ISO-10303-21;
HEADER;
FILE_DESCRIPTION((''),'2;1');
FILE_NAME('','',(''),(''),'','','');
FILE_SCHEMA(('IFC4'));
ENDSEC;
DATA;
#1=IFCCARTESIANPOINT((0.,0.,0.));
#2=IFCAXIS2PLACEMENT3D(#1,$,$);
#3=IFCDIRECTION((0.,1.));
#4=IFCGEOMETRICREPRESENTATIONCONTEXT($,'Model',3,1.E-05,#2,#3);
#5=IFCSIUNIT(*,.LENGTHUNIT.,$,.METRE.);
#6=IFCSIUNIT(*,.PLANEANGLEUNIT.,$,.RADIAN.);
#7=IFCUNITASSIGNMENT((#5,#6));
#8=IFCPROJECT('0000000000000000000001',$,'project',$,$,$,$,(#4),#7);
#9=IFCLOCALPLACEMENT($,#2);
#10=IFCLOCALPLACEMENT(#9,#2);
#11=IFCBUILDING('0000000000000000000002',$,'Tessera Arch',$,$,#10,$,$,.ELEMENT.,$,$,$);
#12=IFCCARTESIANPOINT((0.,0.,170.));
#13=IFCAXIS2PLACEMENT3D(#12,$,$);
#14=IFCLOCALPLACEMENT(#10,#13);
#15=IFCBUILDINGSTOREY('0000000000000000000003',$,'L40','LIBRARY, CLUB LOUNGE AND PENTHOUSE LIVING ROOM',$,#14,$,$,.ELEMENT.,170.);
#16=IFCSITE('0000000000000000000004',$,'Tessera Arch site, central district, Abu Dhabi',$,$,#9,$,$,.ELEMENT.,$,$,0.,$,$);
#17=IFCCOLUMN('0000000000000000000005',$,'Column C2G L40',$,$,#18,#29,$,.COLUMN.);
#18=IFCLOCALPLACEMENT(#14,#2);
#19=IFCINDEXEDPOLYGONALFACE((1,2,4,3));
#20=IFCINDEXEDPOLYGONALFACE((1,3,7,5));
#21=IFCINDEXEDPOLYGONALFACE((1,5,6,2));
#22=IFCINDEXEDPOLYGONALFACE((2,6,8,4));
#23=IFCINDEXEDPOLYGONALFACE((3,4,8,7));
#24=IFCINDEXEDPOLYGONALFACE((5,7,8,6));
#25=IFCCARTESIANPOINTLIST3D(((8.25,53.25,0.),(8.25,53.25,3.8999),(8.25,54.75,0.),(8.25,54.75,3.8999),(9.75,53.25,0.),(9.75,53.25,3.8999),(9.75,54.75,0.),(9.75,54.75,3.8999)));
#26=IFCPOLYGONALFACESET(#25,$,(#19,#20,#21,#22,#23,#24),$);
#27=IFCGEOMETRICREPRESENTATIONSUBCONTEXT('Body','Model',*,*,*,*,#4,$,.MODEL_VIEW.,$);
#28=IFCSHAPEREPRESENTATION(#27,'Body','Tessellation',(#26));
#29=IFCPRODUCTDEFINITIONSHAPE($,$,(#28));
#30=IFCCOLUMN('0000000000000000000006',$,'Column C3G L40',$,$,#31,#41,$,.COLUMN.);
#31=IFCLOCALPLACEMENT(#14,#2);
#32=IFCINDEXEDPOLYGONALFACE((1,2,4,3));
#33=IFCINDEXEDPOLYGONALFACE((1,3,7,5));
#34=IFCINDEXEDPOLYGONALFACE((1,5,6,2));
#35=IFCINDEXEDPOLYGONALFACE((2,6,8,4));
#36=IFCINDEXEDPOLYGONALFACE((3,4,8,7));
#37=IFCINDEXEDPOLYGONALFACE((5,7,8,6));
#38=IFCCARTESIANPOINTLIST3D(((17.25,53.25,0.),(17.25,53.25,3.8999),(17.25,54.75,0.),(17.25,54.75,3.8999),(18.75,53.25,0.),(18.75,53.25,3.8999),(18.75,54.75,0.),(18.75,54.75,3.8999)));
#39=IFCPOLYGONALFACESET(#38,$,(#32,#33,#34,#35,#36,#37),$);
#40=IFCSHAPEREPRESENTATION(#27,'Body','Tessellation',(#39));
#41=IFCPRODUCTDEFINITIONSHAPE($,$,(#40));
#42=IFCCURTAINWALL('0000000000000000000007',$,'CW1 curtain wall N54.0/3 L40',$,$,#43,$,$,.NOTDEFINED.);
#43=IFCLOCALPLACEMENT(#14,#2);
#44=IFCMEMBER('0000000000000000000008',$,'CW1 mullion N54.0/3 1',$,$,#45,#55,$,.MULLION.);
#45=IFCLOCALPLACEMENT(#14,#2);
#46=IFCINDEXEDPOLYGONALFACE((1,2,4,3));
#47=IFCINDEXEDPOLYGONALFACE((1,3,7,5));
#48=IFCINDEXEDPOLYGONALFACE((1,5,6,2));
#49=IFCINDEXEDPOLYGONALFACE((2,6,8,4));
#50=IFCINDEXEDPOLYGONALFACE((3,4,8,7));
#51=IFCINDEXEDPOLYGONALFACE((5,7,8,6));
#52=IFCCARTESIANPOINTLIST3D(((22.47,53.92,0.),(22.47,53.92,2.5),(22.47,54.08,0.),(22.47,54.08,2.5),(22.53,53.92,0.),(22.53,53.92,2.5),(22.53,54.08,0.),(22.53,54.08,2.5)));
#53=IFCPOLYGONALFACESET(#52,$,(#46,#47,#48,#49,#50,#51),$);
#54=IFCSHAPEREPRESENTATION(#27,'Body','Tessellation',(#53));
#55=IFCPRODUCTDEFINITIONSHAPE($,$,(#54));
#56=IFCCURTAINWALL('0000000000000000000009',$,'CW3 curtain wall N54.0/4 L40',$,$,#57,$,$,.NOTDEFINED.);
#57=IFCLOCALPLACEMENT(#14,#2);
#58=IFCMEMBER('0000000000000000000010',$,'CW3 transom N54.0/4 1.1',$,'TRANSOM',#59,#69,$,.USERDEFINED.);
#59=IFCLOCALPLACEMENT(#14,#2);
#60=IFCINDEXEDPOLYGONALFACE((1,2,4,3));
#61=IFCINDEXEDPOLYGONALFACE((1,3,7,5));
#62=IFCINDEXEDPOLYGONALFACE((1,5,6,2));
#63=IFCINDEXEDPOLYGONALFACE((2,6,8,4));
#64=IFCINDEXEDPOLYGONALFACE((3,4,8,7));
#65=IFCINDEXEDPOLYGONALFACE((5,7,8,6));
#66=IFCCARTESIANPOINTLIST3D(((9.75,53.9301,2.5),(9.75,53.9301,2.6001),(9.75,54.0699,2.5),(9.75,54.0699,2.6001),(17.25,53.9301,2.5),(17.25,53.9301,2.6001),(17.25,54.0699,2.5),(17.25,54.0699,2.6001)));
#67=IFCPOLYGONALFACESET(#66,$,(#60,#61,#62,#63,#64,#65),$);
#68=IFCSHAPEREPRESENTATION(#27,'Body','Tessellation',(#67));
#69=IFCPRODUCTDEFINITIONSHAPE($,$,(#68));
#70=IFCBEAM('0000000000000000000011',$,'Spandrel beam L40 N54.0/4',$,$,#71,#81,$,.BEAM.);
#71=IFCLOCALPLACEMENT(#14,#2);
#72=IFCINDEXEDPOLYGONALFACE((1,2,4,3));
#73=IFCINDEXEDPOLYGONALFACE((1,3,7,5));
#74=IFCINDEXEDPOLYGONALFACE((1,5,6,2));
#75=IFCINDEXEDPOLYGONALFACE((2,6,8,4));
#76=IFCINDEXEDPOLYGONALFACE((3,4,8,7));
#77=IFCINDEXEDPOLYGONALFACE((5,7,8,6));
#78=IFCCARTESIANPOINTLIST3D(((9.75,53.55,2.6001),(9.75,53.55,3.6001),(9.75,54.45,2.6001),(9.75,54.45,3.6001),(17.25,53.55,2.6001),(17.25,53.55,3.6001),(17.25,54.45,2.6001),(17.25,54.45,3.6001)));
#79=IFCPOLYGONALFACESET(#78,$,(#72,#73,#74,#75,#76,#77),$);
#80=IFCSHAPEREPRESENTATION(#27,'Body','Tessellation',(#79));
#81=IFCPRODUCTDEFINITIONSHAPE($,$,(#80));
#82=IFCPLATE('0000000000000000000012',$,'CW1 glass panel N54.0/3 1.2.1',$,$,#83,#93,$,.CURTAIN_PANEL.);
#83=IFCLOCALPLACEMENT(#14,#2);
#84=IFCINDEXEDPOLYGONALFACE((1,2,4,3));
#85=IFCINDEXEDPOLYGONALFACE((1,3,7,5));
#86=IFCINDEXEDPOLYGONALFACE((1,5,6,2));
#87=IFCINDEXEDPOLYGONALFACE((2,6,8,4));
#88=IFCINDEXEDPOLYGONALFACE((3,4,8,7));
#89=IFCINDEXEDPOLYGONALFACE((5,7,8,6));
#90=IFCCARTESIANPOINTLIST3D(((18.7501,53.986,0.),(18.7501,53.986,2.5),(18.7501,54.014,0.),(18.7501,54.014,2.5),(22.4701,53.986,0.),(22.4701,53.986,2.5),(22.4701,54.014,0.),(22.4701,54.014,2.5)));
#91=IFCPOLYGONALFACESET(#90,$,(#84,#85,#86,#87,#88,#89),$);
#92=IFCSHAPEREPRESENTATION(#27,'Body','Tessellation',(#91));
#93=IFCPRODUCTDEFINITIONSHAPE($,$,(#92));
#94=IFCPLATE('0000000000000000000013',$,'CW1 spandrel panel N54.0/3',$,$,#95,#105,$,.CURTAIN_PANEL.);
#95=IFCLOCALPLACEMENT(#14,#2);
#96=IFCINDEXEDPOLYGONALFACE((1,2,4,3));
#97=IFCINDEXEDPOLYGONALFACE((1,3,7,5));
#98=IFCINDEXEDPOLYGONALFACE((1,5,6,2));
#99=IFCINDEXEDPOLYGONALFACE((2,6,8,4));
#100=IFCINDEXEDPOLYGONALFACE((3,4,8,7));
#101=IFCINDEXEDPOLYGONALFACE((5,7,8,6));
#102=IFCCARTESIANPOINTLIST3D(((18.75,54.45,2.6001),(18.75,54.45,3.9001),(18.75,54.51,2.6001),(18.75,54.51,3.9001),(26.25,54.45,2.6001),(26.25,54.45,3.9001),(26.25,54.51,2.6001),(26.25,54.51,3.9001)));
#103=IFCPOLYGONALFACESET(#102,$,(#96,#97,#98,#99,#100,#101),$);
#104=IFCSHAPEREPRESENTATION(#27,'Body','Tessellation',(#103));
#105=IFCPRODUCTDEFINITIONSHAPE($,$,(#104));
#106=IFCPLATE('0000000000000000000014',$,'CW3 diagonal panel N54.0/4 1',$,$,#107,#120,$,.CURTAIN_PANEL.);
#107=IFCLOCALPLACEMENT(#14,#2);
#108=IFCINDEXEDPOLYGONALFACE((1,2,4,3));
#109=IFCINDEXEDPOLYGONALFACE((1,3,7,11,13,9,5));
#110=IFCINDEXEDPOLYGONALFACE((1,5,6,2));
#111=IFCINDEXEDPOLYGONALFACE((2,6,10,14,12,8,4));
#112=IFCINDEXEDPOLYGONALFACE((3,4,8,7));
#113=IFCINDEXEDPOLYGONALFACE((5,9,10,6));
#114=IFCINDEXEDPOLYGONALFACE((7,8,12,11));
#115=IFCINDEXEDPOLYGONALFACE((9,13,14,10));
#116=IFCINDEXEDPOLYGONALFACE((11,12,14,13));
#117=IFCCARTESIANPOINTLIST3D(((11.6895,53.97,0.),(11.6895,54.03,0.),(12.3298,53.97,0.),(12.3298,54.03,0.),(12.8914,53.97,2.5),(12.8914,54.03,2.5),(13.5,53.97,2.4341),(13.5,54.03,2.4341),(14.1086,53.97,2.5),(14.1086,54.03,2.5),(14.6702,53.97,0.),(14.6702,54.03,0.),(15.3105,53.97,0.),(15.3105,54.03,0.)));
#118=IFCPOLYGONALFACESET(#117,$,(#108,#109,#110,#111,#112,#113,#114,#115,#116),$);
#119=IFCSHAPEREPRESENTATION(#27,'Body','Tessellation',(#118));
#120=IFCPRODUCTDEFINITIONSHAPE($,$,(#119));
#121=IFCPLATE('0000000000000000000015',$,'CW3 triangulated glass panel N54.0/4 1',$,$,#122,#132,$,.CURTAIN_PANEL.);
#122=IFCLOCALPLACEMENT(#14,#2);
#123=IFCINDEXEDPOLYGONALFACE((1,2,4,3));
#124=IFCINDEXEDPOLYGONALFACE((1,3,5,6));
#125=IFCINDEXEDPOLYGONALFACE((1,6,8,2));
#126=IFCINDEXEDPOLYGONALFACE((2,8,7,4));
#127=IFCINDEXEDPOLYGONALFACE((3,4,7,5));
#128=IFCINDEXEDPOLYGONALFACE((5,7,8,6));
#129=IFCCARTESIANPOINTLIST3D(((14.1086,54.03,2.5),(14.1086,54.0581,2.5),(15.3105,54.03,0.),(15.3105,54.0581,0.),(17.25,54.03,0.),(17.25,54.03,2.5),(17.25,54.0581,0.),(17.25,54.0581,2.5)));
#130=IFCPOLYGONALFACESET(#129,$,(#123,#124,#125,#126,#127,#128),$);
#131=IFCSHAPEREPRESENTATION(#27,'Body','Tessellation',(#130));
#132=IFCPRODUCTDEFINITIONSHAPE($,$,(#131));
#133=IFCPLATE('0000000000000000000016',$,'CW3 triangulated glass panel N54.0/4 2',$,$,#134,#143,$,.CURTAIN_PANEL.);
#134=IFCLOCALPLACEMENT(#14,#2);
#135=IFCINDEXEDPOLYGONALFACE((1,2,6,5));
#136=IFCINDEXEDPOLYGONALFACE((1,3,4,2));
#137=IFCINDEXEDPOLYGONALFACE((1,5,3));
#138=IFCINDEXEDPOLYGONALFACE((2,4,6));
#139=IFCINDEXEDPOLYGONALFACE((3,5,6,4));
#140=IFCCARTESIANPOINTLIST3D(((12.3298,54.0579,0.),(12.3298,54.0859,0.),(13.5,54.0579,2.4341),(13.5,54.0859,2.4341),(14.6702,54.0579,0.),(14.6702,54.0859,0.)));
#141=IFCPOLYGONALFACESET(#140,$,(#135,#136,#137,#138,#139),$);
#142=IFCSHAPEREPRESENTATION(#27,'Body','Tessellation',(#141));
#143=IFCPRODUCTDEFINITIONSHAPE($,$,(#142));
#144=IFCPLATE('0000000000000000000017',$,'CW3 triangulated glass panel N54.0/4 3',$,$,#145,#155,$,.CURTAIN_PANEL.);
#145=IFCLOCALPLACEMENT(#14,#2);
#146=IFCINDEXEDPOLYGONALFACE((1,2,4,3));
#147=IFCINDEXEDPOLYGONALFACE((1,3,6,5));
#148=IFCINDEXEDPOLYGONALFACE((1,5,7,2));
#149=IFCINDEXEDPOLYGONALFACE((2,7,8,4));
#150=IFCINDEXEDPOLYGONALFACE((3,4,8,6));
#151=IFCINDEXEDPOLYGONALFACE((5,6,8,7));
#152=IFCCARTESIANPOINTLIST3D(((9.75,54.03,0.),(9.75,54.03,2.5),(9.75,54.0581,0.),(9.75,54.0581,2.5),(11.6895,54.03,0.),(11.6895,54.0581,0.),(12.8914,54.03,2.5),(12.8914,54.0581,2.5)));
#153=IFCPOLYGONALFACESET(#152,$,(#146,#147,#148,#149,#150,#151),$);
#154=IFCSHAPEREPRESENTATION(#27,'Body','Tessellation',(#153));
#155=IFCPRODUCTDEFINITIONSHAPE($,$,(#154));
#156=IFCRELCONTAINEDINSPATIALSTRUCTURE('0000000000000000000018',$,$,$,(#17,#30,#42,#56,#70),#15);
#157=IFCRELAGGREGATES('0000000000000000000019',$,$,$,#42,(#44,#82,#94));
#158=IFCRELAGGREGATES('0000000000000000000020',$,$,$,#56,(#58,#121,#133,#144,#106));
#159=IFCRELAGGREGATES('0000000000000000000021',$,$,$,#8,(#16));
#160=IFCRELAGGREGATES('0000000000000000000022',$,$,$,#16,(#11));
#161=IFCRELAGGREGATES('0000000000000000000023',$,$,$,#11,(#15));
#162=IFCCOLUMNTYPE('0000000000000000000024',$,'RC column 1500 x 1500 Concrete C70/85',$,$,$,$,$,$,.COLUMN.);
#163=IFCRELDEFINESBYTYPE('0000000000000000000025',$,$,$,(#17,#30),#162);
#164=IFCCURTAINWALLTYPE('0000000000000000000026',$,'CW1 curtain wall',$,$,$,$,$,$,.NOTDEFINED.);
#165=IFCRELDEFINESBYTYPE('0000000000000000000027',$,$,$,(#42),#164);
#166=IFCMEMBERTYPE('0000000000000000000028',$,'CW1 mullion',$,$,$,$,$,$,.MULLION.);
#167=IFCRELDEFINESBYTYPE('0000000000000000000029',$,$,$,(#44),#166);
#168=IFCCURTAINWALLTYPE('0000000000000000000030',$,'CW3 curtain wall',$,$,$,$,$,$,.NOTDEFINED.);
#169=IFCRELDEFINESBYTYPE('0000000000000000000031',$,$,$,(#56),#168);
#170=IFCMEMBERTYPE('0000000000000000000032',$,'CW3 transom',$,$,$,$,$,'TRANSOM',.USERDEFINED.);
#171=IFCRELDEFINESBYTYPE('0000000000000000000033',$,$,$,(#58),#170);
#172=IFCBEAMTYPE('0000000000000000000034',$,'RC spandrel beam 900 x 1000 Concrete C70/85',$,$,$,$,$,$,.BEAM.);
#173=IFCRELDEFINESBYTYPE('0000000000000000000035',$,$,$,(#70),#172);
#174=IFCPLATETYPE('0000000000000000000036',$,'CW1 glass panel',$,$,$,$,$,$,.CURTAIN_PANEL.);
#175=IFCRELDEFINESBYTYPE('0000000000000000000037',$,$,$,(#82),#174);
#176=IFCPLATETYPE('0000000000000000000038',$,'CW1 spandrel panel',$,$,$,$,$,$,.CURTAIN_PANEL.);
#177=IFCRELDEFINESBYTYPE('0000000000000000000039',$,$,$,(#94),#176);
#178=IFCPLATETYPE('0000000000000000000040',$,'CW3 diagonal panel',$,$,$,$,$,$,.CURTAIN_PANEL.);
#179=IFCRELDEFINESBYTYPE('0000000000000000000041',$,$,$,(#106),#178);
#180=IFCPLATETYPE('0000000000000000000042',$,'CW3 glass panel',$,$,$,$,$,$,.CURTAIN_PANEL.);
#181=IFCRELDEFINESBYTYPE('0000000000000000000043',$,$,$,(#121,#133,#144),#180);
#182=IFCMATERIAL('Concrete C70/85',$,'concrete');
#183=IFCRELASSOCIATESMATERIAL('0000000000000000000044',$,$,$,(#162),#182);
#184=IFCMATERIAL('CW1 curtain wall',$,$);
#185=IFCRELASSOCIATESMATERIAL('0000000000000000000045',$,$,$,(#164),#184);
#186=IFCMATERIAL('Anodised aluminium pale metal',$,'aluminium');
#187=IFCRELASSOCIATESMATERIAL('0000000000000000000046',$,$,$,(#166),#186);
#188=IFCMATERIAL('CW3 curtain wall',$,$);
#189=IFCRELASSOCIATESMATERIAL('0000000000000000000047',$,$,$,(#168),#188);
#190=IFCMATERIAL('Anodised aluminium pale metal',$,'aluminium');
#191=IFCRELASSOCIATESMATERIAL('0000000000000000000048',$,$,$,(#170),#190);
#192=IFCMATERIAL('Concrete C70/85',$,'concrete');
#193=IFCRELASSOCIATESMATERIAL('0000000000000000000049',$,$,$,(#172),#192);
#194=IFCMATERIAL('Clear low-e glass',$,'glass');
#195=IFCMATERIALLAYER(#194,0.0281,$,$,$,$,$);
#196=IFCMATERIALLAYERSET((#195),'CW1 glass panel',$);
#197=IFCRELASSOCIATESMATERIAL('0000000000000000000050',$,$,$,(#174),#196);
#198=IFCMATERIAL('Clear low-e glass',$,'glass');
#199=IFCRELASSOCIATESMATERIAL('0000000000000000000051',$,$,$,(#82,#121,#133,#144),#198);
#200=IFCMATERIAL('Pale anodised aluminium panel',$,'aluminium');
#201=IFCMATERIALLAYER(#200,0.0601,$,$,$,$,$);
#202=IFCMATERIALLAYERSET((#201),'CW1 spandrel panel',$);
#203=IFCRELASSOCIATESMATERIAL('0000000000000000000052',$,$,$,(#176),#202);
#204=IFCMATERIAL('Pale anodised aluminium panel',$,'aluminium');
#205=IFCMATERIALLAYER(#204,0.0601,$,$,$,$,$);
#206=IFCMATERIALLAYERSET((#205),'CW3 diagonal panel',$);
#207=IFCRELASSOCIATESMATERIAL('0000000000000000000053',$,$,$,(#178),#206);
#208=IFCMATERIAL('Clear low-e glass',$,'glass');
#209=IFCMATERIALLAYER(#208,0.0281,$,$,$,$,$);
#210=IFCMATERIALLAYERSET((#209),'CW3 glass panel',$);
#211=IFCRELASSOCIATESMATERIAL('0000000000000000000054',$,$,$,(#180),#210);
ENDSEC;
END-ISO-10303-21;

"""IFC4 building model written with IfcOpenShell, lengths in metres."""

from ifc_helpers import new_model, si_unit, direction, frame, origin, origin_2d, place, context, subcontext, project, spatial, polyline, rectangle, outline, extrude, material, layer, layer_set, material_profile, profile_set, type_object, element, aggregate, save


model = new_model("IFC4")

# Units and contexts
model_context = context("Model", 3, precision=1e-05, world=origin(), true_north=direction((0.0, 1.0)))
body_context = subcontext(model_context, "Body", "Model", "MODEL_VIEW")
ifc_project = project(units=[si_unit("LENGTHUNIT", "METRE"), si_unit("PLANEANGLEUNIT", "RADIAN")], contexts=[model_context])

# Site, building, storey
site_placement = place(None, origin())
site = spatial("IfcSite", under=ifc_project, at=site_placement, Name="Tessera Arch site, central district, Abu Dhabi", CompositionType="ELEMENT", RefElevation=0.0)
building_placement = place(site_placement, origin())
building = spatial("IfcBuilding", under=site, at=building_placement, Name="Tessera Arch", CompositionType="ELEMENT")
storey_placement = place(building_placement, frame((0.0, 0.0, 170.0)))
storey = spatial("IfcBuildingStorey", under=building, at=storey_placement, Name="L40", Description="LIBRARY, CLUB LOUNGE AND PENTHOUSE LIVING ROOM", CompositionType="ELEMENT", Elevation=170.0)

# Columns
ifc_material_1 = material(Name="Concrete C70/85", Category="concrete")
ifc_material_profile_1 = material_profile(ifc_material_1, rectangle(XDim=1.5, YDim=1.5, at=origin_2d()), Name="RC column 1500 x 1500 Concrete C70/85")
ifc_profile_set_1 = profile_set([ifc_material_profile_1], Name="Concrete C70/85")
column_type = type_object("IfcColumnType", Name="RC column 1500 x 1500 Concrete C70/85", PredefinedType="COLUMN", material=ifc_profile_set_1)
for number, where, z_axis, x_axis, name in (
    (1, (9.0, 54.0, 0.0), (0.0, 0.0, 1.0), (1.0, 0.0, 0.0), "Column C2G L40"),
    (2, (18.0, 54.0, 0.0), (0.0, 0.0, 1.0), (1.0, 0.0, 0.0), "Column C3G L40"),
):
    element("IfcColumn", number, at=place(storey_placement, frame(where, z_axis=z_axis, x_axis=x_axis)), inside=storey, type_object=column_type, Name=name, PredefinedType="COLUMN", context=body_context, shape_type="SweptSolid", body=[
        extrude(rectangle(XDim=1.5, YDim=1.5, at=origin_2d()), origin(), (0.0, 0.0, 1.0), 3.8999),
    ])

# Curtain walls, members
ifc_material_2 = material(Name="CW1 curtain wall")
curtain_wall_type_1 = type_object("IfcCurtainWallType", Name="CW1 curtain wall", PredefinedType="NOTDEFINED", material=ifc_material_2)
curtain_wall_1_placement = place(storey_placement, origin())
curtain_wall_1 = element("IfcCurtainWall", 3, at=curtain_wall_1_placement, inside=storey, type_object=curtain_wall_type_1, Name="CW1 curtain wall N54.0/3 L40", PredefinedType="NOTDEFINED")
ifc_material_3 = material(Name="Anodised aluminium pale metal", Category="aluminium")
ifc_material_profile_2 = material_profile(ifc_material_3, rectangle(XDim=0.1599, YDim=0.0601, at=origin_2d()), Name="AL 60x160")
ifc_profile_set_2 = profile_set([ifc_material_profile_2], Name="Anodised aluminium pale metal")
member_type_1 = type_object("IfcMemberType", Name="CW1 mullion", PredefinedType="MULLION", material=ifc_profile_set_2)
member_1_placement = place(storey_placement, frame((22.5, 54.0, 0.0), z_axis=(0.0, 0.0, 1.0), x_axis=(0.0, -1.0, 0.0)))
member_1 = element("IfcMember", 4, at=member_1_placement, type_object=member_type_1, Name="CW1 mullion N54.0/3 1", PredefinedType="MULLION", context=body_context, shape_type="SweptSolid", body=[
    extrude(rectangle(XDim=0.1599, YDim=0.0601, at=origin_2d()), origin(), (0.0, 0.0, 1.0), 2.5),
])
ifc_material_4 = material(Name="CW3 curtain wall")
curtain_wall_type_2 = type_object("IfcCurtainWallType", Name="CW3 curtain wall", PredefinedType="NOTDEFINED", material=ifc_material_4)
curtain_wall_2_placement = place(storey_placement, origin())
curtain_wall_2 = element("IfcCurtainWall", 5, at=curtain_wall_2_placement, inside=storey, type_object=curtain_wall_type_2, Name="CW3 curtain wall N54.0/4 L40", PredefinedType="NOTDEFINED")
ifc_material_5 = material(Name="Anodised aluminium pale metal", Category="aluminium")
ifc_material_profile_3 = material_profile(ifc_material_5, rectangle(XDim=0.1399, YDim=0.1001, at=origin_2d()), Name="AL 140x100")
ifc_profile_set_3 = profile_set([ifc_material_profile_3], Name="Anodised aluminium pale metal")
member_type_2 = type_object("IfcMemberType", Name="CW3 transom", ElementType="TRANSOM", PredefinedType="USERDEFINED", material=ifc_profile_set_3)
member_2_placement = place(storey_placement, frame((17.25, 54.0, 2.55), z_axis=(-1.0, 0.0, 0.0), x_axis=(0.0, -1.0, 0.0)))
member_2 = element("IfcMember", 6, at=member_2_placement, type_object=member_type_2, Name="CW3 transom N54.0/4 1.1", ObjectType="TRANSOM", PredefinedType="USERDEFINED", context=body_context, shape_type="SweptSolid", body=[
    extrude(rectangle(XDim=0.1399, YDim=0.1001, at=origin_2d()), origin(), (0.0, 0.0, 1.0), 7.5),
])

# Beam
ifc_material_6 = material(Name="Concrete C70/85", Category="concrete")
ifc_material_profile_4 = material_profile(ifc_material_6, rectangle(XDim=0.8999, YDim=1.0, at=origin_2d()), Name="RC spandrel beam 900 x 1000 Concrete C70/85")
ifc_profile_set_4 = profile_set([ifc_material_profile_4], Name="Concrete C70/85")
beam_type = type_object("IfcBeamType", Name="RC spandrel beam 900 x 1000 Concrete C70/85", PredefinedType="BEAM", material=ifc_profile_set_4)
beam_placement = place(storey_placement, frame((17.25, 54.0, 3.1001), z_axis=(-1.0, 0.0, 0.0), x_axis=(0.0, -1.0, 0.0)))
element("IfcBeam", 7, at=beam_placement, inside=storey, type_object=beam_type, Name="Spandrel beam L40 N54.0/4", PredefinedType="BEAM", context=body_context, shape_type="SweptSolid", body=[
    extrude(rectangle(XDim=0.8999, YDim=1.0, at=origin_2d()), origin(), (0.0, 0.0, 1.0), 7.5),
])

# Plates
ifc_material_7 = material(Name="Clear low-e glass", Category="glass")
ifc_material_8 = material(Name="Clear low-e glass", Category="glass")
ifc_layer_1 = layer(ifc_material_8, 0.0281)
ifc_layer_set_1 = layer_set([ifc_layer_1], Name="CW1 glass panel")
plate_type_1 = type_object("IfcPlateType", Name="CW1 glass panel", PredefinedType="CURTAIN_PANEL", material=ifc_layer_set_1)
plate_1_placement = place(storey_placement, frame((20.6101, 54.0, 0.0), z_axis=(0.0, 0.0, 1.0), x_axis=(-1.0, 0.0, 0.0)))
plate_1 = element("IfcPlate", 8, at=plate_1_placement, type_object=plate_type_1, material=ifc_material_7, Name="CW1 glass panel N54.0/3 1.2.1", PredefinedType="CURTAIN_PANEL", context=body_context, shape_type="SweptSolid", body=[
    extrude(rectangle(XDim=3.72, YDim=0.0281, at=origin_2d()), origin(), (0.0, 0.0, 1.0), 2.5),
])
ifc_material_9 = material(Name="Pale anodised aluminium panel", Category="aluminium")
ifc_layer_2 = layer(ifc_material_9, 0.0601)
ifc_layer_set_2 = layer_set([ifc_layer_2], Name="CW1 spandrel panel")
plate_type_2 = type_object("IfcPlateType", Name="CW1 spandrel panel", PredefinedType="CURTAIN_PANEL", material=ifc_layer_set_2)
plate_2_placement = place(storey_placement, frame((22.5, 54.48, 2.6001), z_axis=(0.0, 0.0, 1.0), x_axis=(-1.0, 0.0, 0.0)))
plate_2 = element("IfcPlate", 9, at=plate_2_placement, type_object=plate_type_2, Name="CW1 spandrel panel N54.0/3", PredefinedType="CURTAIN_PANEL", context=body_context, shape_type="SweptSolid", body=[
    extrude(rectangle(XDim=7.5, YDim=0.0601, at=origin_2d()), origin(), (0.0, 0.0, 1.0), 1.3),
])
aggregate(curtain_wall_1, [member_1, plate_1, plate_2])
ifc_material_10 = material(Name="Pale anodised aluminium panel", Category="aluminium")
ifc_layer_3 = layer(ifc_material_10, 0.0601)
ifc_layer_set_3 = layer_set([ifc_layer_3], Name="CW3 diagonal panel")
plate_type_3 = type_object("IfcPlateType", Name="CW3 diagonal panel", PredefinedType="CURTAIN_PANEL", material=ifc_layer_set_3)
plate_3_placement = place(storey_placement, frame((12.8914, 54.03, 2.5), z_axis=(0.0, 1.0, 0.0), x_axis=(1.0, 0.0, 0.0)))
plate_3 = element("IfcPlate", 10, at=plate_3_placement, type_object=plate_type_3, Name="CW3 diagonal panel N54.0/4 1", PredefinedType="CURTAIN_PANEL", context=body_context, shape_type="SweptSolid", body=[
    extrude(outline(polyline([(0.0, 0.0), (1.2173, 0.0), (2.4192, 2.5), (1.7788, 2.5), (0.6086, 0.0659), (-0.5615, 2.5), (-1.2019, 2.5), (0.0, 0.0)])), origin(), (0.0, 0.0, -1.0), 0.0601),
])
ifc_material_11 = material(Name="Clear low-e glass", Category="glass")
ifc_layer_4 = layer(ifc_material_11, 0.0281)
ifc_layer_set_4 = layer_set([ifc_layer_4], Name="CW3 glass panel")
plate_type_4 = type_object("IfcPlateType", Name="CW3 glass panel", PredefinedType="CURTAIN_PANEL", material=ifc_layer_set_4)
plate_4_placement = place(storey_placement, frame((17.25, 54.0581, 0.0), z_axis=(0.0, 1.0, 0.0), x_axis=(-1.0, 0.0, 0.0)))
plate_4 = element("IfcPlate", 11, at=plate_4_placement, type_object=plate_type_4, material=ifc_material_7, Name="CW3 triangulated glass panel N54.0/4 1", PredefinedType="CURTAIN_PANEL", context=body_context, shape_type="SweptSolid", body=[
    extrude(outline(polyline([(0.0, 0.0), (1.9395, 0.0), (3.1414, 2.5), (0.0, 2.5), (0.0, 0.0)])), origin(), (0.0, 0.0, -1.0), 0.0281),
])
plate_5_placement = place(storey_placement, frame((14.6702, 54.0859, 0.0), z_axis=(0.0, 1.0, 0.0), x_axis=(-1.0, 0.0, 0.0)))
plate_5 = element("IfcPlate", 12, at=plate_5_placement, type_object=plate_type_4, material=ifc_material_7, Name="CW3 triangulated glass panel N54.0/4 2", PredefinedType="CURTAIN_PANEL", context=body_context, shape_type="SweptSolid", body=[
    extrude(outline(polyline([(0.0, 0.0), (2.3403, 0.0), (1.1702, 2.4341), (0.0, 0.0)])), origin(), (0.0, 0.0, -1.0), 0.0281),
])
plate_6_placement = place(storey_placement, frame((9.75, 54.0581, 2.5), z_axis=(0.0, 1.0, 0.0), x_axis=(1.0, 0.0, 0.0)))
plate_6 = element("IfcPlate", 13, at=plate_6_placement, type_object=plate_type_4, material=ifc_material_7, Name="CW3 triangulated glass panel N54.0/4 3", PredefinedType="CURTAIN_PANEL", context=body_context, shape_type="SweptSolid", body=[
    extrude(outline(polyline([(0.0, 0.0), (3.1414, 0.0), (1.9395, 2.5), (0.0, 2.5), (0.0, 0.0)])), origin(), (0.0, 0.0, -1.0), 0.0281),
])

aggregate(curtain_wall_2, [member_2, plate_4, plate_5, plate_6, plate_3])

save(model, "model.ifc")
